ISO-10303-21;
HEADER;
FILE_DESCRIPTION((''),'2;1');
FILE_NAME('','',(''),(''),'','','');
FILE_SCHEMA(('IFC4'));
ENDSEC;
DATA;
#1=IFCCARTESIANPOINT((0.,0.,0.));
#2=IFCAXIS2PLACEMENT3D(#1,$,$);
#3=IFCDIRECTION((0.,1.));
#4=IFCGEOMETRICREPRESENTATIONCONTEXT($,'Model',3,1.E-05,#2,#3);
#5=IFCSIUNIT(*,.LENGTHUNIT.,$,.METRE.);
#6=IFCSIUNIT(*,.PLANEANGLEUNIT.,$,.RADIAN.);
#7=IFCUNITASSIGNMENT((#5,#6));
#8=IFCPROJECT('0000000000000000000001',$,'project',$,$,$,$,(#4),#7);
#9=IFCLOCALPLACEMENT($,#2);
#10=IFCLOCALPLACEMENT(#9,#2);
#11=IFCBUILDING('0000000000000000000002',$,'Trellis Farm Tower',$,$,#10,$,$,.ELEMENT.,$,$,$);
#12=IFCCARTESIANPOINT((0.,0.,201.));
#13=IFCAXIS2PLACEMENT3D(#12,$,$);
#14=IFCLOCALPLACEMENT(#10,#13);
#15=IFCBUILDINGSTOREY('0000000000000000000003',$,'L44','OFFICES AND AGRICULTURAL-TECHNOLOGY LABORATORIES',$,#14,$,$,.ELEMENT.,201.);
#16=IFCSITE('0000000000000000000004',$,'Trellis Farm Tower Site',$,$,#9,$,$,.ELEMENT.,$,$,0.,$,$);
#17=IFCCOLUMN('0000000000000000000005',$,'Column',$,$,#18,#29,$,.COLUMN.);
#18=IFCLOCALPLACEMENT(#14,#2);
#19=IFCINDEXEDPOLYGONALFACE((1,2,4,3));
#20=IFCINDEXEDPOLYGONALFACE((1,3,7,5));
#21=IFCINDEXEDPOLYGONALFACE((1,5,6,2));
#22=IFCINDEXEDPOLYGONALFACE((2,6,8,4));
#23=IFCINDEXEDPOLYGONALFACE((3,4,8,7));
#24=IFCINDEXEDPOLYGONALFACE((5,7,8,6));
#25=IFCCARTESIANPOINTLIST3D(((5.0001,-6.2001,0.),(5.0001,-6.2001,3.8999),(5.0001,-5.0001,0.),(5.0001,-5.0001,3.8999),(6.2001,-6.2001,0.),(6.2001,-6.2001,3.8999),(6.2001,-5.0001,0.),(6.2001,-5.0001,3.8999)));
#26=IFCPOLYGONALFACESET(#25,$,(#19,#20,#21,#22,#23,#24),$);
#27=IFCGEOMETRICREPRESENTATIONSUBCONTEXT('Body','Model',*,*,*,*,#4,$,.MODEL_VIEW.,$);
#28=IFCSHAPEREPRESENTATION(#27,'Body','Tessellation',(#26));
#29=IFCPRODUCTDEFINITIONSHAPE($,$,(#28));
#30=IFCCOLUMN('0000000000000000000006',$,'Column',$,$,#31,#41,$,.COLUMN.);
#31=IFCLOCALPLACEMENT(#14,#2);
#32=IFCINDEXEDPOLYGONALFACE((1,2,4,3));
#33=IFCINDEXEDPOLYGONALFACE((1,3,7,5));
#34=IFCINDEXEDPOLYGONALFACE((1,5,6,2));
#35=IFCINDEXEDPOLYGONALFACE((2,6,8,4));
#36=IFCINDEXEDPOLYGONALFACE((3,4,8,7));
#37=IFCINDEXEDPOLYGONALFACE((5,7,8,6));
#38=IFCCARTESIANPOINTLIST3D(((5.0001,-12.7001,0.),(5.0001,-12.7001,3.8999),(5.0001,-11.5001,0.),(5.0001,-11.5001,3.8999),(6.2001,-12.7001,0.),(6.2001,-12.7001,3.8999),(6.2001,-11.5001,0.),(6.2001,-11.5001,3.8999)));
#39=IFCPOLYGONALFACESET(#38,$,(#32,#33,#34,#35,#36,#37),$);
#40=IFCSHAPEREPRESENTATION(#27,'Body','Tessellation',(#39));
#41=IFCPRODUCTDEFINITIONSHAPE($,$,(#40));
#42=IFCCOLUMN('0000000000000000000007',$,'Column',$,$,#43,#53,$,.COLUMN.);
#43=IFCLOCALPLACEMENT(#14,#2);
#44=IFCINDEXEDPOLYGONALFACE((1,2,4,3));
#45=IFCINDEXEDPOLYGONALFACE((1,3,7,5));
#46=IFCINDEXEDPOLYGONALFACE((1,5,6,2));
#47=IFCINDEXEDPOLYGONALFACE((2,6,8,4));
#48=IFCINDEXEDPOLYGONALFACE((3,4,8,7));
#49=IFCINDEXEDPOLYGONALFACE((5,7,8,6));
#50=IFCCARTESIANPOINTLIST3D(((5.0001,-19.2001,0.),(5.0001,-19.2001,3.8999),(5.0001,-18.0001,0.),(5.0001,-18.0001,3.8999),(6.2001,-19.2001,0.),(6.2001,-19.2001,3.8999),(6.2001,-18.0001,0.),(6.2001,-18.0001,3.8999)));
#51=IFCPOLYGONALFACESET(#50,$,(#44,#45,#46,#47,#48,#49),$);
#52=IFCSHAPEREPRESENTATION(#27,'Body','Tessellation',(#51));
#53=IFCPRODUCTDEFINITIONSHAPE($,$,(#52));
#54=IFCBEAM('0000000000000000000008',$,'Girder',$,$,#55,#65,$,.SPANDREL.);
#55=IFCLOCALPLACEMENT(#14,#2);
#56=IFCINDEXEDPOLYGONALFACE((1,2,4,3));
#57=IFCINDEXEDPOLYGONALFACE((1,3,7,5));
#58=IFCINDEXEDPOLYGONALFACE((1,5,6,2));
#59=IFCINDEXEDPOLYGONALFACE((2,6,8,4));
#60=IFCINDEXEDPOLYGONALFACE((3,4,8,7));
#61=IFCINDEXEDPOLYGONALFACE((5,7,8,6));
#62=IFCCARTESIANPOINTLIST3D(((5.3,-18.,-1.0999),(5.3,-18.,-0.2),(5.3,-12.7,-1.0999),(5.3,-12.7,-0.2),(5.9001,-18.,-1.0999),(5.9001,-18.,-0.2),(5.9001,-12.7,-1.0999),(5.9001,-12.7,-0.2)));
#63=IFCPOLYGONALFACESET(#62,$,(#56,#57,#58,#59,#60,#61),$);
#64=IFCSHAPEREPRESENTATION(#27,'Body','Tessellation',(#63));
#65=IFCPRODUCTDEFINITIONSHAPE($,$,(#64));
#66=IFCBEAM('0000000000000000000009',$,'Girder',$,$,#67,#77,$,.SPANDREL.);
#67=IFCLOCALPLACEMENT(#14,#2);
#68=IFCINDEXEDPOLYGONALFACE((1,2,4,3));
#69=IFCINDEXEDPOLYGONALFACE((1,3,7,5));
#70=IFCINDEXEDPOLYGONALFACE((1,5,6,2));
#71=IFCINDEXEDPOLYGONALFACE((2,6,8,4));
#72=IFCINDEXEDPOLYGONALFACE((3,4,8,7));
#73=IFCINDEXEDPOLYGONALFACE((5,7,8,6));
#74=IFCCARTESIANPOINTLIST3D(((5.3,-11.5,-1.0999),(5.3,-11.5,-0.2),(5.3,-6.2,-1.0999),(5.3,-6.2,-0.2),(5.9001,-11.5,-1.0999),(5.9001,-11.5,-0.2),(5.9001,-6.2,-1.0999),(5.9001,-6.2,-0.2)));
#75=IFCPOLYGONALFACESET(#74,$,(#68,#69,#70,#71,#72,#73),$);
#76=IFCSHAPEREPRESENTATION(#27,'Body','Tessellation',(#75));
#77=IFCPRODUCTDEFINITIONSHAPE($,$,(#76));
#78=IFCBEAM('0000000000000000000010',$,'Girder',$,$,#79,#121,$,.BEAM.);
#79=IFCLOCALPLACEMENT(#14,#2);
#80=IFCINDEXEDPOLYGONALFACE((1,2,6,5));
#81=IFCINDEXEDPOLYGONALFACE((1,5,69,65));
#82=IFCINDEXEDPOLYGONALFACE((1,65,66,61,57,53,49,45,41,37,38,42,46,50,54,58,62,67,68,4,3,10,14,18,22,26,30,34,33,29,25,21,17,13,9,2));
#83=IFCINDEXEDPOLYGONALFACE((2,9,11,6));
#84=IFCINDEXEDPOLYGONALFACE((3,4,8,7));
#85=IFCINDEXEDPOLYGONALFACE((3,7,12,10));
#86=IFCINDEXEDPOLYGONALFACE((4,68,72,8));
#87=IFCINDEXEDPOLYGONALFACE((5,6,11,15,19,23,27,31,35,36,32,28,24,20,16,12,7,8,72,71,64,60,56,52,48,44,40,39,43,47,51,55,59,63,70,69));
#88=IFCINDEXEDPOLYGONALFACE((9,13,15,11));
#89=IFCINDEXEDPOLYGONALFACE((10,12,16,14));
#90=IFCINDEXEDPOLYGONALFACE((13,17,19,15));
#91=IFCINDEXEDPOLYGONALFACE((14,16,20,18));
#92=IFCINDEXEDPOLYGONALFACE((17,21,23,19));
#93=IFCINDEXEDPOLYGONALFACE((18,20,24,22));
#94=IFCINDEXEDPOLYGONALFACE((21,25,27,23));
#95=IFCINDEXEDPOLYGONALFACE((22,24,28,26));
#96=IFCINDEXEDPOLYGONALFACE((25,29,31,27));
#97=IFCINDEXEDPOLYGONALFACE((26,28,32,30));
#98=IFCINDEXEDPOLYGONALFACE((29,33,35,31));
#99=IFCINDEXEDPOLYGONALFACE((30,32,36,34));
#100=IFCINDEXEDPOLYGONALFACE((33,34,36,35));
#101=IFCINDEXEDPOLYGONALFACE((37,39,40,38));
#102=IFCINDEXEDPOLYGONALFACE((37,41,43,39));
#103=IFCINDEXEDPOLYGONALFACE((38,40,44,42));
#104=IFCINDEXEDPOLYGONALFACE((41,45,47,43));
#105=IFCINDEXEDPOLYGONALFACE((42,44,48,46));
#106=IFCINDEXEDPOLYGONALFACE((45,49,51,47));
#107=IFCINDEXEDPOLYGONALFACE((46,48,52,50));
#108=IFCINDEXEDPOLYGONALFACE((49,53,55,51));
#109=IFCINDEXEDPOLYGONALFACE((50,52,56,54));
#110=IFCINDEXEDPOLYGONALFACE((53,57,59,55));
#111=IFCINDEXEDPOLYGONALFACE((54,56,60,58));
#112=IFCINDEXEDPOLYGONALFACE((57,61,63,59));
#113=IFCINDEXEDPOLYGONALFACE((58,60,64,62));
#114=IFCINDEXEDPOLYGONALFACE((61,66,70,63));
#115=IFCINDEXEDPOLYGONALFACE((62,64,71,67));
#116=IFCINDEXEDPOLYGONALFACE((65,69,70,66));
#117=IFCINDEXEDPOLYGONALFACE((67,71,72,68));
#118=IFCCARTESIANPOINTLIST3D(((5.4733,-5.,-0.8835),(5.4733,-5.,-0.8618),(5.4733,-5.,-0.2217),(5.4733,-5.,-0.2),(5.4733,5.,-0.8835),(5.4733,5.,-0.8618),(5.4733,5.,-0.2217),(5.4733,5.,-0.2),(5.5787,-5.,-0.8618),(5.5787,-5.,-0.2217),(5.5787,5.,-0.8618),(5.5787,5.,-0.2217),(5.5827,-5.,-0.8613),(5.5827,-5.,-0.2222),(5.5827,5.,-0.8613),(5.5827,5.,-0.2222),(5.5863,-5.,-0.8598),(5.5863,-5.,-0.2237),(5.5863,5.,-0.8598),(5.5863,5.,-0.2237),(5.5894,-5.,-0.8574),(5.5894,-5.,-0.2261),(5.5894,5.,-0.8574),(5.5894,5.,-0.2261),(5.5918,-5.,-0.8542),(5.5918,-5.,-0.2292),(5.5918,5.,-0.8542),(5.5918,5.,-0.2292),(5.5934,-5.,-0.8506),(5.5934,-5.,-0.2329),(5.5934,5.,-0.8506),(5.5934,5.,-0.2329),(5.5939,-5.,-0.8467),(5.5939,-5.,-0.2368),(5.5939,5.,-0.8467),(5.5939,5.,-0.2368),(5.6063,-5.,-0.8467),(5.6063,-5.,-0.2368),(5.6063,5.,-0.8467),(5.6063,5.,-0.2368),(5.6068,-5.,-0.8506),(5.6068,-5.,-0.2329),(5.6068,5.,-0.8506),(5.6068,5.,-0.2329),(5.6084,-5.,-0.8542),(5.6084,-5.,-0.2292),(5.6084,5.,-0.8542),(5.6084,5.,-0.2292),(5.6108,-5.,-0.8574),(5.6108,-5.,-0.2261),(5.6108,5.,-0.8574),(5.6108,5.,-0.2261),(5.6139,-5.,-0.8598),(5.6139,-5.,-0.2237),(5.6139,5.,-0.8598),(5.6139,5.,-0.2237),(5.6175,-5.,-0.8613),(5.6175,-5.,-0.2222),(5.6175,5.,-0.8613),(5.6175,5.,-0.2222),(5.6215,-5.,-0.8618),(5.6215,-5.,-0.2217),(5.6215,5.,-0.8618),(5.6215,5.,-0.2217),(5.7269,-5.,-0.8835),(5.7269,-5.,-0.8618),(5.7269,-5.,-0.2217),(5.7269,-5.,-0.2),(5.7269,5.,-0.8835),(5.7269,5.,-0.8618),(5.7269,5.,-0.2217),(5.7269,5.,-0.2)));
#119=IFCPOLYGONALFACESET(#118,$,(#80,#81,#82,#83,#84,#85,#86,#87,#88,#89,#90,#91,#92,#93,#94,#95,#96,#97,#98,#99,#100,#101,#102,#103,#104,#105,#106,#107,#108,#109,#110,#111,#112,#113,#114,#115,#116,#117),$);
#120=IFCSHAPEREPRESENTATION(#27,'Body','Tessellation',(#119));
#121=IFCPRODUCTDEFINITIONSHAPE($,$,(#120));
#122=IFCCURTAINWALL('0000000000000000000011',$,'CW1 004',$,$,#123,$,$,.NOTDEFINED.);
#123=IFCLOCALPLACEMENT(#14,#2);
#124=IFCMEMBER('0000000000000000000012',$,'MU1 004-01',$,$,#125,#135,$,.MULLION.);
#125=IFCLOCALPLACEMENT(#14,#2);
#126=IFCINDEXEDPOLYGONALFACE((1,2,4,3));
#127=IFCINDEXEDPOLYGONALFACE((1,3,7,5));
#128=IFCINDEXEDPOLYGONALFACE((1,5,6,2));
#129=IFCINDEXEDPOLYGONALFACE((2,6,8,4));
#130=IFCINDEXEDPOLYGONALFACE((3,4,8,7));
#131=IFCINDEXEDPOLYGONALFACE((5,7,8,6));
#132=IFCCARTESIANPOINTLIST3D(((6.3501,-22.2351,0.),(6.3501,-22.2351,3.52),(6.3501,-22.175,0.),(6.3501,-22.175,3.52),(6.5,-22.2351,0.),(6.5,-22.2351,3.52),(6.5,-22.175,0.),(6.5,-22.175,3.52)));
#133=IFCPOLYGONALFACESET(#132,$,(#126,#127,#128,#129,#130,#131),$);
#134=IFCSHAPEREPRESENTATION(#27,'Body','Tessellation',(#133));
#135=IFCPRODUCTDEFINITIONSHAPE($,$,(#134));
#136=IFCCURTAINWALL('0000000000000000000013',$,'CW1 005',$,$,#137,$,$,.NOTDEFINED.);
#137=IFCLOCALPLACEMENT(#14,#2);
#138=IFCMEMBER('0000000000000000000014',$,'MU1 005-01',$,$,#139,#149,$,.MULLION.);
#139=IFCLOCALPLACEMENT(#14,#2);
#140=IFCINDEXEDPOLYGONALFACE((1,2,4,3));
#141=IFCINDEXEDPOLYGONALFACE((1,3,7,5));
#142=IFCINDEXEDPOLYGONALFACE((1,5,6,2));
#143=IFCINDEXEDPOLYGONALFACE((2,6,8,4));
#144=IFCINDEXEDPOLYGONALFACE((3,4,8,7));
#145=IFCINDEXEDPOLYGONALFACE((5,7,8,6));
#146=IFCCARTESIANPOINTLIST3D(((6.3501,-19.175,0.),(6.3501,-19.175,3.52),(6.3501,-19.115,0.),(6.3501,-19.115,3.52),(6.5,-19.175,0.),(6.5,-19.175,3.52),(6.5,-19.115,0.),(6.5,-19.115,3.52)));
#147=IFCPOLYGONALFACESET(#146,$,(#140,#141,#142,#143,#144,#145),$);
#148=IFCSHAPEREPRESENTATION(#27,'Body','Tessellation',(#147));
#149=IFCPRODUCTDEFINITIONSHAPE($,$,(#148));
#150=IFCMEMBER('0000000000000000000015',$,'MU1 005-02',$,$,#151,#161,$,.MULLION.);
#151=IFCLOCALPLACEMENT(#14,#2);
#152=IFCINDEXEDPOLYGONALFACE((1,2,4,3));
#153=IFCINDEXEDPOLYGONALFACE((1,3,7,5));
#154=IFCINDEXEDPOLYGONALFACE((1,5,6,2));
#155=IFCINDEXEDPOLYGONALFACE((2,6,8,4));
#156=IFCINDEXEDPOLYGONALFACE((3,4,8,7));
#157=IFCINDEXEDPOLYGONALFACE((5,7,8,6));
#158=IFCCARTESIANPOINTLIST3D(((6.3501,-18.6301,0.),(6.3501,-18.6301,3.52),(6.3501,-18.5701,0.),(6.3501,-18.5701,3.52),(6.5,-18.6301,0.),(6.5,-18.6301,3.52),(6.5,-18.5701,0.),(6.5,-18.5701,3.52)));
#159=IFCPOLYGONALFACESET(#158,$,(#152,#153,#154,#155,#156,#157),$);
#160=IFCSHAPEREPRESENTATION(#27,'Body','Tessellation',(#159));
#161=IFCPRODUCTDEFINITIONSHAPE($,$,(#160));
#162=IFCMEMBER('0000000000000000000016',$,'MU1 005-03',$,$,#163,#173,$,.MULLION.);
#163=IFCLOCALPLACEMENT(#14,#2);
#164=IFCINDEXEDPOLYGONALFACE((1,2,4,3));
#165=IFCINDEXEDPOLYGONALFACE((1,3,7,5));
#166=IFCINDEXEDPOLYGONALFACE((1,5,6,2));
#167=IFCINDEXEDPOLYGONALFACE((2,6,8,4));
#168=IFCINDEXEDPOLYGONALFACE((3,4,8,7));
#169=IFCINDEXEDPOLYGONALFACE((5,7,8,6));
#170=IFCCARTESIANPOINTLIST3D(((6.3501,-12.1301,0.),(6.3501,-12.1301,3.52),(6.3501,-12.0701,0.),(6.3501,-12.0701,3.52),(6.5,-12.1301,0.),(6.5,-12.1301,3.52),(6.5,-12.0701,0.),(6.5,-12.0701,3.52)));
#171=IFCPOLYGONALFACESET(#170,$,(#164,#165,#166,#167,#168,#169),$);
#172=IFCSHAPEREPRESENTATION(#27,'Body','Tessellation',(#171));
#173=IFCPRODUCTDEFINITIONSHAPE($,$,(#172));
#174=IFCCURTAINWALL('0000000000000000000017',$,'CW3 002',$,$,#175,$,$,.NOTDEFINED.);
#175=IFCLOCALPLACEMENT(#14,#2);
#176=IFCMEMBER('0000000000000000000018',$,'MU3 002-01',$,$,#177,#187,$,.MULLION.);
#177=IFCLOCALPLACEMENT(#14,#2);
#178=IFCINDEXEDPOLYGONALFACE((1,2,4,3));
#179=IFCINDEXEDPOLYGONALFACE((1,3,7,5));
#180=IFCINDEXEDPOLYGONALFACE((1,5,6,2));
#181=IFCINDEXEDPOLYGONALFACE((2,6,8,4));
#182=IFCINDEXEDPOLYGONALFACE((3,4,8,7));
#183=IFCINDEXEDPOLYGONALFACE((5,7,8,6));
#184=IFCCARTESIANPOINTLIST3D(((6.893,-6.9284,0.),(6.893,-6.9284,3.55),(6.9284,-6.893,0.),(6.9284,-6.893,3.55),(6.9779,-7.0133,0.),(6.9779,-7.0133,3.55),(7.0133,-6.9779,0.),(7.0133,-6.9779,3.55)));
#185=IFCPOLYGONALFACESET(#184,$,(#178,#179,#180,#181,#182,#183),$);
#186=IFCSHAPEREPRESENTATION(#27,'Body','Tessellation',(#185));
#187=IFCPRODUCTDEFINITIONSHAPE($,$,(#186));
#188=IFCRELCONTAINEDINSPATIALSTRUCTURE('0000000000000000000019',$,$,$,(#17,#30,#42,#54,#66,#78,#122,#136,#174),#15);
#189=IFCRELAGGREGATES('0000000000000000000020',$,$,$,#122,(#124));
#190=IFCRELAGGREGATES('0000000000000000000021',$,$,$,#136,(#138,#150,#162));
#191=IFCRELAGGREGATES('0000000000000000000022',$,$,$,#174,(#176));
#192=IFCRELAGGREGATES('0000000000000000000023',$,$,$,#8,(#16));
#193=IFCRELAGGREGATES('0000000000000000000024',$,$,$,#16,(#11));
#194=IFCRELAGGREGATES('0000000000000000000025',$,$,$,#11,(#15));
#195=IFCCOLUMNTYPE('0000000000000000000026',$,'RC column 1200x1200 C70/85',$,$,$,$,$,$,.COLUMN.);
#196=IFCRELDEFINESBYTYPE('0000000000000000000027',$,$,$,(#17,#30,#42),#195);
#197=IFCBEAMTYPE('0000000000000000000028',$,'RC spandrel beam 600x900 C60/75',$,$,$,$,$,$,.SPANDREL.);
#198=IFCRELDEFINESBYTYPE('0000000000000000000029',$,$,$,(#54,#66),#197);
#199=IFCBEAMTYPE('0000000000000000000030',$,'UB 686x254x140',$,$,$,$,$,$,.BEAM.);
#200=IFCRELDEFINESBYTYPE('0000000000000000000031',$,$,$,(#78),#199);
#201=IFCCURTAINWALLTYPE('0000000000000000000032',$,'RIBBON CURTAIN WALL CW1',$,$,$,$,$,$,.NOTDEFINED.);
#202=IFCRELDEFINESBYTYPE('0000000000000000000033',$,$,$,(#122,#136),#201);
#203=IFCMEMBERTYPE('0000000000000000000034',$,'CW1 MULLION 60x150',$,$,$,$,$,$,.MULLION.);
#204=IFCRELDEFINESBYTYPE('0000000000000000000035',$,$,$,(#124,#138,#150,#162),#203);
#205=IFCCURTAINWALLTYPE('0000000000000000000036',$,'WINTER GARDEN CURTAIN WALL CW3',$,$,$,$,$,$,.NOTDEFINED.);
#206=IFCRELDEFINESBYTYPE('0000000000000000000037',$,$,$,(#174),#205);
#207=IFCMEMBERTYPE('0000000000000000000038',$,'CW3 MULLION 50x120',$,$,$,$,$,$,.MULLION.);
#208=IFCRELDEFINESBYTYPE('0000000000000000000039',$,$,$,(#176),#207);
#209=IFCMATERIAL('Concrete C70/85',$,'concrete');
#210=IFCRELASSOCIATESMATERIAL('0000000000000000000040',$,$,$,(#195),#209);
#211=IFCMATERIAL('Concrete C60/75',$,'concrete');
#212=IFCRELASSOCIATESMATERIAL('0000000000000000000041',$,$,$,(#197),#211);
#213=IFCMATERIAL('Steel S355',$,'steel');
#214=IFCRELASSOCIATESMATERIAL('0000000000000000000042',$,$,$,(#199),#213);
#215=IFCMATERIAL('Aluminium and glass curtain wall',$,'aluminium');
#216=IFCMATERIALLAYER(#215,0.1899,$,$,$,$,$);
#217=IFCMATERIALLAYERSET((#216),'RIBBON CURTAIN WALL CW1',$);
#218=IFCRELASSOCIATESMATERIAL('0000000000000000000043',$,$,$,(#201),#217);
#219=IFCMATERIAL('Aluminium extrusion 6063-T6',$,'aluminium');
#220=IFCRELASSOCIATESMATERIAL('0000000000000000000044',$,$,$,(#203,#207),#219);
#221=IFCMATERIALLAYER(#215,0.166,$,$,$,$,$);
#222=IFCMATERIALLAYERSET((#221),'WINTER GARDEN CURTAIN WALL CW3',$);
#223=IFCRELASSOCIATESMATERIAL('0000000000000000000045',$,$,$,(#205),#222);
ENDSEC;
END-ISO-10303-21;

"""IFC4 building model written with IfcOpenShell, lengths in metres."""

from ifc_helpers import new_model, si_unit, direction, frame, origin, origin_2d, place, context, subcontext, project, spatial, rectangle, i_section, extrude, source, transform, mapped, material, layer, layer_set, material_profile, profile_set, type_object, element, aggregate, save


model = new_model("IFC4")

# Units and contexts
model_context = context("Model", 3, precision=1e-05, world=origin(), true_north=direction((0.0, 1.0)))
body_context = subcontext(model_context, "Body", "Model", "MODEL_VIEW")
ifc_project = project(units=[si_unit("LENGTHUNIT", "METRE"), si_unit("PLANEANGLEUNIT", "RADIAN")], contexts=[model_context])

# Site, building, storey
site_placement = place(None, origin())
site = spatial("IfcSite", under=ifc_project, at=site_placement, Name="Trellis Farm Tower Site", CompositionType="ELEMENT", RefElevation=0.0)
building_placement = place(site_placement, origin())
building = spatial("IfcBuilding", under=site, at=building_placement, Name="Trellis Farm Tower", CompositionType="ELEMENT")
storey_placement = place(building_placement, frame((0.0, 0.0, 201.0)))
storey = spatial("IfcBuildingStorey", under=building, at=storey_placement, Name="L44", Description="OFFICES AND AGRICULTURAL-TECHNOLOGY LABORATORIES", CompositionType="ELEMENT", Elevation=201.0)

# Columns
ifc_material_1 = material(Name="Concrete C70/85", Category="concrete")
ifc_material_profile_1 = material_profile(ifc_material_1, rectangle(XDim=1.2, YDim=1.2, at=origin_2d()), Name="RC column 1200x1200 C70/85")
ifc_profile_set_1 = profile_set([ifc_material_profile_1], Name="Concrete C70/85")
column_type = type_object("IfcColumnType", Name="RC column 1200x1200 C70/85", PredefinedType="COLUMN", material=ifc_profile_set_1)
shared_shape_1 = source(origin(), body_context, "Body", "SweptSolid", [
    extrude(rectangle(XDim=1.2, YDim=1.2, at=origin_2d()), origin(), (0.0, 0.0, 1.0), 3.8999),
])
for number, where, z_axis, x_axis, name in (
    (1, (5.6001, -5.6001, 0.0), (0.0, 0.0, 1.0), (1.0, 0.0, 0.0), "Column"),
    (2, (5.6001, -12.1001, 0.0), (0.0, 0.0, 1.0), (1.0, 0.0, 0.0), "Column"),
    (3, (5.6001, -18.6001, 0.0), (0.0, 0.0, 1.0), (1.0, 0.0, 0.0), "Column"),
):
    element("IfcColumn", number, at=place(storey_placement, frame(where, z_axis=z_axis, x_axis=x_axis)), inside=storey, type_object=column_type, Name=name, PredefinedType="COLUMN", context=body_context, shape_type="MappedRepresentation", body=[
        mapped(shared_shape_1, transform((0.0, 0.0, 0.0))),
    ])

# Beams
ifc_material_2 = material(Name="Concrete C60/75", Category="concrete")
ifc_material_profile_2 = material_profile(ifc_material_2, rectangle(XDim=0.6001, YDim=0.8999, at=origin_2d()), Name="RC spandrel beam 600x900 C60/75")
ifc_profile_set_2 = profile_set([ifc_material_profile_2], Name="Concrete C60/75")
beam_type_1 = type_object("IfcBeamType", Name="RC spandrel beam 600x900 C60/75", PredefinedType="SPANDREL", material=ifc_profile_set_2)
shared_shape_2 = source(origin(), body_context, "Body", "SweptSolid", [
    extrude(rectangle(XDim=0.6001, YDim=0.8999, at=origin_2d()), origin(), (0.0, 0.0, 1.0), 5.3),
])
for number, where, z_axis, x_axis, name in (
    (4, (5.6001, -18.0, -0.6499), (0.0, 1.0, 0.0), (-1.0, 0.0, 0.0), "Girder"),
    (5, (5.6001, -11.5, -0.6499), (0.0, 1.0, 0.0), (-1.0, 0.0, 0.0), "Girder"),
):
    element("IfcBeam", number, at=place(storey_placement, frame(where, z_axis=z_axis, x_axis=x_axis)), inside=storey, type_object=beam_type_1, Name=name, PredefinedType="SPANDREL", context=body_context, shape_type="MappedRepresentation", body=[
        mapped(shared_shape_2, transform((0.0, 0.0, 0.0))),
    ])
ifc_material_3 = material(Name="Steel S355", Category="steel")
ifc_material_profile_3 = material_profile(ifc_material_3, i_section(OverallWidth=0.2537, OverallDepth=0.6836, WebThickness=0.0125, FlangeThickness=0.0217, FilletRadius=0.0151, at=origin_2d()), Name="UB 686x254x140")
ifc_profile_set_3 = profile_set([ifc_material_profile_3], Name="Steel S355")
beam_type_2 = type_object("IfcBeamType", Name="UB 686x254x140", PredefinedType="BEAM", material=ifc_profile_set_3)
shared_shape_3 = source(origin(), body_context, "Body", "SweptSolid", [
    extrude(i_section(OverallWidth=0.2537, OverallDepth=0.6836, WebThickness=0.0125, FlangeThickness=0.0217, FilletRadius=0.0151, at=origin_2d()), origin(), (0.0, 0.0, 1.0), 10.0),
])
beam_placement = place(storey_placement, frame((5.6001, -5.0, -0.5417), z_axis=(0.0, 1.0, 0.0), x_axis=(-1.0, 0.0, 0.0)))
element("IfcBeam", 6, at=beam_placement, inside=storey, type_object=beam_type_2, Name="Girder", PredefinedType="BEAM", context=body_context, shape_type="MappedRepresentation", body=[
    mapped(shared_shape_3, transform((0.0, 0.0, 0.0))),
])

# Curtain wall, member
ifc_material_4 = material(Name="Aluminium and glass curtain wall", Category="aluminium")
ifc_layer_1 = layer(ifc_material_4, 0.1899)
ifc_layer_set_1 = layer_set([ifc_layer_1], Name="RIBBON CURTAIN WALL CW1")
curtain_wall_type_1 = type_object("IfcCurtainWallType", Name="RIBBON CURTAIN WALL CW1", PredefinedType="NOTDEFINED", material=ifc_layer_set_1)
placement = place(storey_placement, origin())
curtain_wall_1 = element("IfcCurtainWall", 7, at=placement, inside=storey, type_object=curtain_wall_type_1, Name="CW1 004", PredefinedType="NOTDEFINED")
ifc_material_5 = material(Name="Aluminium extrusion 6063-T6", Category="aluminium")
ifc_material_profile_4 = material_profile(ifc_material_5, rectangle(XDim=0.0601, YDim=0.1499, at=origin_2d()), Name="MULLION 60x150")
ifc_profile_set_4 = profile_set([ifc_material_profile_4], Name="Aluminium extrusion 6063-T6")
member_type_1 = type_object("IfcMemberType", Name="CW1 MULLION 60x150", PredefinedType="MULLION", material=ifc_profile_set_4)
shared_shape_4 = source(origin(), body_context, "Body", "SweptSolid", [
    extrude(rectangle(XDim=0.0601, YDim=0.1499, at=origin_2d()), origin(), (0.0, 0.0, 1.0), 3.52),
])
member_1_placement = place(storey_placement, frame((6.425, -22.2051, 0.0), z_axis=(0.0, 0.0, 1.0), x_axis=(0.0, 1.0, 0.0)))
member_1 = element("IfcMember", 8, at=member_1_placement, type_object=member_type_1, Name="MU1 004-01", PredefinedType="MULLION", context=body_context, shape_type="MappedRepresentation", body=[
    mapped(shared_shape_4, transform((0.0, 0.0, 0.0))),
])
aggregate(curtain_wall_1, [member_1])

# Curtain wall, members
curtain_wall_2 = element("IfcCurtainWall", 9, at=placement, inside=storey, type_object=curtain_wall_type_1, Name="CW1 005", PredefinedType="NOTDEFINED")
member_2_placement = place(storey_placement, frame((6.425, -19.145, 0.0), z_axis=(0.0, 0.0, 1.0), x_axis=(0.0, 1.0, 0.0)))
member_2 = element("IfcMember", 10, at=member_2_placement, type_object=member_type_1, Name="MU1 005-01", PredefinedType="MULLION", context=body_context, shape_type="MappedRepresentation", body=[
    mapped(shared_shape_4, transform((0.0, 0.0, 0.0))),
])
member_3_placement = place(storey_placement, frame((6.425, -18.6001, 0.0), z_axis=(0.0, 0.0, 1.0), x_axis=(0.0, 1.0, 0.0)))
member_3 = element("IfcMember", 11, at=member_3_placement, type_object=member_type_1, Name="MU1 005-02", PredefinedType="MULLION", context=body_context, shape_type="MappedRepresentation", body=[
    mapped(shared_shape_4, transform((0.0, 0.0, 0.0))),
])
member_4_placement = place(storey_placement, frame((6.425, -12.1001, 0.0), z_axis=(0.0, 0.0, 1.0), x_axis=(0.0, 1.0, 0.0)))
member_4 = element("IfcMember", 12, at=member_4_placement, type_object=member_type_1, Name="MU1 005-03", PredefinedType="MULLION", context=body_context, shape_type="MappedRepresentation", body=[
    mapped(shared_shape_4, transform((0.0, 0.0, 0.0))),
])
aggregate(curtain_wall_2, [member_2, member_3, member_4])

# Curtain wall, member
ifc_layer_2 = layer(ifc_material_4, 0.166)
ifc_layer_set_2 = layer_set([ifc_layer_2], Name="WINTER GARDEN CURTAIN WALL CW3")
curtain_wall_type_2 = type_object("IfcCurtainWallType", Name="WINTER GARDEN CURTAIN WALL CW3", PredefinedType="NOTDEFINED", material=ifc_layer_set_2)
curtain_wall_3 = element("IfcCurtainWall", 13, at=placement, inside=storey, type_object=curtain_wall_type_2, Name="CW3 002", PredefinedType="NOTDEFINED")
ifc_material_profile_5 = material_profile(ifc_material_5, rectangle(XDim=0.05, YDim=0.1201, at=origin_2d()), Name="MULLION 50x120")
ifc_profile_set_5 = profile_set([ifc_material_profile_5], Name="Aluminium extrusion 6063-T6")
member_type_2 = type_object("IfcMemberType", Name="CW3 MULLION 50x120", PredefinedType="MULLION", material=ifc_profile_set_5)
shared_shape_5 = source(origin(), body_context, "Body", "SweptSolid", [
    extrude(rectangle(XDim=0.05, YDim=0.1201, at=origin_2d()), origin(), (0.0, 0.0, 1.0), 3.55),
])
member_5_placement = place(storey_placement, frame((6.9531, -6.9531, 0.0), z_axis=(0.0, 0.0, 1.0), x_axis=(0.707107, 0.707107, 0.0)))
member_5 = element("IfcMember", 14, at=member_5_placement, type_object=member_type_2, Name="MU3 002-01", PredefinedType="MULLION", context=body_context, shape_type="MappedRepresentation", body=[
    mapped(shared_shape_5, transform((0.0, 0.0, 0.0))),
])
aggregate(curtain_wall_3, [member_5])

save(model, "model.ifc")
